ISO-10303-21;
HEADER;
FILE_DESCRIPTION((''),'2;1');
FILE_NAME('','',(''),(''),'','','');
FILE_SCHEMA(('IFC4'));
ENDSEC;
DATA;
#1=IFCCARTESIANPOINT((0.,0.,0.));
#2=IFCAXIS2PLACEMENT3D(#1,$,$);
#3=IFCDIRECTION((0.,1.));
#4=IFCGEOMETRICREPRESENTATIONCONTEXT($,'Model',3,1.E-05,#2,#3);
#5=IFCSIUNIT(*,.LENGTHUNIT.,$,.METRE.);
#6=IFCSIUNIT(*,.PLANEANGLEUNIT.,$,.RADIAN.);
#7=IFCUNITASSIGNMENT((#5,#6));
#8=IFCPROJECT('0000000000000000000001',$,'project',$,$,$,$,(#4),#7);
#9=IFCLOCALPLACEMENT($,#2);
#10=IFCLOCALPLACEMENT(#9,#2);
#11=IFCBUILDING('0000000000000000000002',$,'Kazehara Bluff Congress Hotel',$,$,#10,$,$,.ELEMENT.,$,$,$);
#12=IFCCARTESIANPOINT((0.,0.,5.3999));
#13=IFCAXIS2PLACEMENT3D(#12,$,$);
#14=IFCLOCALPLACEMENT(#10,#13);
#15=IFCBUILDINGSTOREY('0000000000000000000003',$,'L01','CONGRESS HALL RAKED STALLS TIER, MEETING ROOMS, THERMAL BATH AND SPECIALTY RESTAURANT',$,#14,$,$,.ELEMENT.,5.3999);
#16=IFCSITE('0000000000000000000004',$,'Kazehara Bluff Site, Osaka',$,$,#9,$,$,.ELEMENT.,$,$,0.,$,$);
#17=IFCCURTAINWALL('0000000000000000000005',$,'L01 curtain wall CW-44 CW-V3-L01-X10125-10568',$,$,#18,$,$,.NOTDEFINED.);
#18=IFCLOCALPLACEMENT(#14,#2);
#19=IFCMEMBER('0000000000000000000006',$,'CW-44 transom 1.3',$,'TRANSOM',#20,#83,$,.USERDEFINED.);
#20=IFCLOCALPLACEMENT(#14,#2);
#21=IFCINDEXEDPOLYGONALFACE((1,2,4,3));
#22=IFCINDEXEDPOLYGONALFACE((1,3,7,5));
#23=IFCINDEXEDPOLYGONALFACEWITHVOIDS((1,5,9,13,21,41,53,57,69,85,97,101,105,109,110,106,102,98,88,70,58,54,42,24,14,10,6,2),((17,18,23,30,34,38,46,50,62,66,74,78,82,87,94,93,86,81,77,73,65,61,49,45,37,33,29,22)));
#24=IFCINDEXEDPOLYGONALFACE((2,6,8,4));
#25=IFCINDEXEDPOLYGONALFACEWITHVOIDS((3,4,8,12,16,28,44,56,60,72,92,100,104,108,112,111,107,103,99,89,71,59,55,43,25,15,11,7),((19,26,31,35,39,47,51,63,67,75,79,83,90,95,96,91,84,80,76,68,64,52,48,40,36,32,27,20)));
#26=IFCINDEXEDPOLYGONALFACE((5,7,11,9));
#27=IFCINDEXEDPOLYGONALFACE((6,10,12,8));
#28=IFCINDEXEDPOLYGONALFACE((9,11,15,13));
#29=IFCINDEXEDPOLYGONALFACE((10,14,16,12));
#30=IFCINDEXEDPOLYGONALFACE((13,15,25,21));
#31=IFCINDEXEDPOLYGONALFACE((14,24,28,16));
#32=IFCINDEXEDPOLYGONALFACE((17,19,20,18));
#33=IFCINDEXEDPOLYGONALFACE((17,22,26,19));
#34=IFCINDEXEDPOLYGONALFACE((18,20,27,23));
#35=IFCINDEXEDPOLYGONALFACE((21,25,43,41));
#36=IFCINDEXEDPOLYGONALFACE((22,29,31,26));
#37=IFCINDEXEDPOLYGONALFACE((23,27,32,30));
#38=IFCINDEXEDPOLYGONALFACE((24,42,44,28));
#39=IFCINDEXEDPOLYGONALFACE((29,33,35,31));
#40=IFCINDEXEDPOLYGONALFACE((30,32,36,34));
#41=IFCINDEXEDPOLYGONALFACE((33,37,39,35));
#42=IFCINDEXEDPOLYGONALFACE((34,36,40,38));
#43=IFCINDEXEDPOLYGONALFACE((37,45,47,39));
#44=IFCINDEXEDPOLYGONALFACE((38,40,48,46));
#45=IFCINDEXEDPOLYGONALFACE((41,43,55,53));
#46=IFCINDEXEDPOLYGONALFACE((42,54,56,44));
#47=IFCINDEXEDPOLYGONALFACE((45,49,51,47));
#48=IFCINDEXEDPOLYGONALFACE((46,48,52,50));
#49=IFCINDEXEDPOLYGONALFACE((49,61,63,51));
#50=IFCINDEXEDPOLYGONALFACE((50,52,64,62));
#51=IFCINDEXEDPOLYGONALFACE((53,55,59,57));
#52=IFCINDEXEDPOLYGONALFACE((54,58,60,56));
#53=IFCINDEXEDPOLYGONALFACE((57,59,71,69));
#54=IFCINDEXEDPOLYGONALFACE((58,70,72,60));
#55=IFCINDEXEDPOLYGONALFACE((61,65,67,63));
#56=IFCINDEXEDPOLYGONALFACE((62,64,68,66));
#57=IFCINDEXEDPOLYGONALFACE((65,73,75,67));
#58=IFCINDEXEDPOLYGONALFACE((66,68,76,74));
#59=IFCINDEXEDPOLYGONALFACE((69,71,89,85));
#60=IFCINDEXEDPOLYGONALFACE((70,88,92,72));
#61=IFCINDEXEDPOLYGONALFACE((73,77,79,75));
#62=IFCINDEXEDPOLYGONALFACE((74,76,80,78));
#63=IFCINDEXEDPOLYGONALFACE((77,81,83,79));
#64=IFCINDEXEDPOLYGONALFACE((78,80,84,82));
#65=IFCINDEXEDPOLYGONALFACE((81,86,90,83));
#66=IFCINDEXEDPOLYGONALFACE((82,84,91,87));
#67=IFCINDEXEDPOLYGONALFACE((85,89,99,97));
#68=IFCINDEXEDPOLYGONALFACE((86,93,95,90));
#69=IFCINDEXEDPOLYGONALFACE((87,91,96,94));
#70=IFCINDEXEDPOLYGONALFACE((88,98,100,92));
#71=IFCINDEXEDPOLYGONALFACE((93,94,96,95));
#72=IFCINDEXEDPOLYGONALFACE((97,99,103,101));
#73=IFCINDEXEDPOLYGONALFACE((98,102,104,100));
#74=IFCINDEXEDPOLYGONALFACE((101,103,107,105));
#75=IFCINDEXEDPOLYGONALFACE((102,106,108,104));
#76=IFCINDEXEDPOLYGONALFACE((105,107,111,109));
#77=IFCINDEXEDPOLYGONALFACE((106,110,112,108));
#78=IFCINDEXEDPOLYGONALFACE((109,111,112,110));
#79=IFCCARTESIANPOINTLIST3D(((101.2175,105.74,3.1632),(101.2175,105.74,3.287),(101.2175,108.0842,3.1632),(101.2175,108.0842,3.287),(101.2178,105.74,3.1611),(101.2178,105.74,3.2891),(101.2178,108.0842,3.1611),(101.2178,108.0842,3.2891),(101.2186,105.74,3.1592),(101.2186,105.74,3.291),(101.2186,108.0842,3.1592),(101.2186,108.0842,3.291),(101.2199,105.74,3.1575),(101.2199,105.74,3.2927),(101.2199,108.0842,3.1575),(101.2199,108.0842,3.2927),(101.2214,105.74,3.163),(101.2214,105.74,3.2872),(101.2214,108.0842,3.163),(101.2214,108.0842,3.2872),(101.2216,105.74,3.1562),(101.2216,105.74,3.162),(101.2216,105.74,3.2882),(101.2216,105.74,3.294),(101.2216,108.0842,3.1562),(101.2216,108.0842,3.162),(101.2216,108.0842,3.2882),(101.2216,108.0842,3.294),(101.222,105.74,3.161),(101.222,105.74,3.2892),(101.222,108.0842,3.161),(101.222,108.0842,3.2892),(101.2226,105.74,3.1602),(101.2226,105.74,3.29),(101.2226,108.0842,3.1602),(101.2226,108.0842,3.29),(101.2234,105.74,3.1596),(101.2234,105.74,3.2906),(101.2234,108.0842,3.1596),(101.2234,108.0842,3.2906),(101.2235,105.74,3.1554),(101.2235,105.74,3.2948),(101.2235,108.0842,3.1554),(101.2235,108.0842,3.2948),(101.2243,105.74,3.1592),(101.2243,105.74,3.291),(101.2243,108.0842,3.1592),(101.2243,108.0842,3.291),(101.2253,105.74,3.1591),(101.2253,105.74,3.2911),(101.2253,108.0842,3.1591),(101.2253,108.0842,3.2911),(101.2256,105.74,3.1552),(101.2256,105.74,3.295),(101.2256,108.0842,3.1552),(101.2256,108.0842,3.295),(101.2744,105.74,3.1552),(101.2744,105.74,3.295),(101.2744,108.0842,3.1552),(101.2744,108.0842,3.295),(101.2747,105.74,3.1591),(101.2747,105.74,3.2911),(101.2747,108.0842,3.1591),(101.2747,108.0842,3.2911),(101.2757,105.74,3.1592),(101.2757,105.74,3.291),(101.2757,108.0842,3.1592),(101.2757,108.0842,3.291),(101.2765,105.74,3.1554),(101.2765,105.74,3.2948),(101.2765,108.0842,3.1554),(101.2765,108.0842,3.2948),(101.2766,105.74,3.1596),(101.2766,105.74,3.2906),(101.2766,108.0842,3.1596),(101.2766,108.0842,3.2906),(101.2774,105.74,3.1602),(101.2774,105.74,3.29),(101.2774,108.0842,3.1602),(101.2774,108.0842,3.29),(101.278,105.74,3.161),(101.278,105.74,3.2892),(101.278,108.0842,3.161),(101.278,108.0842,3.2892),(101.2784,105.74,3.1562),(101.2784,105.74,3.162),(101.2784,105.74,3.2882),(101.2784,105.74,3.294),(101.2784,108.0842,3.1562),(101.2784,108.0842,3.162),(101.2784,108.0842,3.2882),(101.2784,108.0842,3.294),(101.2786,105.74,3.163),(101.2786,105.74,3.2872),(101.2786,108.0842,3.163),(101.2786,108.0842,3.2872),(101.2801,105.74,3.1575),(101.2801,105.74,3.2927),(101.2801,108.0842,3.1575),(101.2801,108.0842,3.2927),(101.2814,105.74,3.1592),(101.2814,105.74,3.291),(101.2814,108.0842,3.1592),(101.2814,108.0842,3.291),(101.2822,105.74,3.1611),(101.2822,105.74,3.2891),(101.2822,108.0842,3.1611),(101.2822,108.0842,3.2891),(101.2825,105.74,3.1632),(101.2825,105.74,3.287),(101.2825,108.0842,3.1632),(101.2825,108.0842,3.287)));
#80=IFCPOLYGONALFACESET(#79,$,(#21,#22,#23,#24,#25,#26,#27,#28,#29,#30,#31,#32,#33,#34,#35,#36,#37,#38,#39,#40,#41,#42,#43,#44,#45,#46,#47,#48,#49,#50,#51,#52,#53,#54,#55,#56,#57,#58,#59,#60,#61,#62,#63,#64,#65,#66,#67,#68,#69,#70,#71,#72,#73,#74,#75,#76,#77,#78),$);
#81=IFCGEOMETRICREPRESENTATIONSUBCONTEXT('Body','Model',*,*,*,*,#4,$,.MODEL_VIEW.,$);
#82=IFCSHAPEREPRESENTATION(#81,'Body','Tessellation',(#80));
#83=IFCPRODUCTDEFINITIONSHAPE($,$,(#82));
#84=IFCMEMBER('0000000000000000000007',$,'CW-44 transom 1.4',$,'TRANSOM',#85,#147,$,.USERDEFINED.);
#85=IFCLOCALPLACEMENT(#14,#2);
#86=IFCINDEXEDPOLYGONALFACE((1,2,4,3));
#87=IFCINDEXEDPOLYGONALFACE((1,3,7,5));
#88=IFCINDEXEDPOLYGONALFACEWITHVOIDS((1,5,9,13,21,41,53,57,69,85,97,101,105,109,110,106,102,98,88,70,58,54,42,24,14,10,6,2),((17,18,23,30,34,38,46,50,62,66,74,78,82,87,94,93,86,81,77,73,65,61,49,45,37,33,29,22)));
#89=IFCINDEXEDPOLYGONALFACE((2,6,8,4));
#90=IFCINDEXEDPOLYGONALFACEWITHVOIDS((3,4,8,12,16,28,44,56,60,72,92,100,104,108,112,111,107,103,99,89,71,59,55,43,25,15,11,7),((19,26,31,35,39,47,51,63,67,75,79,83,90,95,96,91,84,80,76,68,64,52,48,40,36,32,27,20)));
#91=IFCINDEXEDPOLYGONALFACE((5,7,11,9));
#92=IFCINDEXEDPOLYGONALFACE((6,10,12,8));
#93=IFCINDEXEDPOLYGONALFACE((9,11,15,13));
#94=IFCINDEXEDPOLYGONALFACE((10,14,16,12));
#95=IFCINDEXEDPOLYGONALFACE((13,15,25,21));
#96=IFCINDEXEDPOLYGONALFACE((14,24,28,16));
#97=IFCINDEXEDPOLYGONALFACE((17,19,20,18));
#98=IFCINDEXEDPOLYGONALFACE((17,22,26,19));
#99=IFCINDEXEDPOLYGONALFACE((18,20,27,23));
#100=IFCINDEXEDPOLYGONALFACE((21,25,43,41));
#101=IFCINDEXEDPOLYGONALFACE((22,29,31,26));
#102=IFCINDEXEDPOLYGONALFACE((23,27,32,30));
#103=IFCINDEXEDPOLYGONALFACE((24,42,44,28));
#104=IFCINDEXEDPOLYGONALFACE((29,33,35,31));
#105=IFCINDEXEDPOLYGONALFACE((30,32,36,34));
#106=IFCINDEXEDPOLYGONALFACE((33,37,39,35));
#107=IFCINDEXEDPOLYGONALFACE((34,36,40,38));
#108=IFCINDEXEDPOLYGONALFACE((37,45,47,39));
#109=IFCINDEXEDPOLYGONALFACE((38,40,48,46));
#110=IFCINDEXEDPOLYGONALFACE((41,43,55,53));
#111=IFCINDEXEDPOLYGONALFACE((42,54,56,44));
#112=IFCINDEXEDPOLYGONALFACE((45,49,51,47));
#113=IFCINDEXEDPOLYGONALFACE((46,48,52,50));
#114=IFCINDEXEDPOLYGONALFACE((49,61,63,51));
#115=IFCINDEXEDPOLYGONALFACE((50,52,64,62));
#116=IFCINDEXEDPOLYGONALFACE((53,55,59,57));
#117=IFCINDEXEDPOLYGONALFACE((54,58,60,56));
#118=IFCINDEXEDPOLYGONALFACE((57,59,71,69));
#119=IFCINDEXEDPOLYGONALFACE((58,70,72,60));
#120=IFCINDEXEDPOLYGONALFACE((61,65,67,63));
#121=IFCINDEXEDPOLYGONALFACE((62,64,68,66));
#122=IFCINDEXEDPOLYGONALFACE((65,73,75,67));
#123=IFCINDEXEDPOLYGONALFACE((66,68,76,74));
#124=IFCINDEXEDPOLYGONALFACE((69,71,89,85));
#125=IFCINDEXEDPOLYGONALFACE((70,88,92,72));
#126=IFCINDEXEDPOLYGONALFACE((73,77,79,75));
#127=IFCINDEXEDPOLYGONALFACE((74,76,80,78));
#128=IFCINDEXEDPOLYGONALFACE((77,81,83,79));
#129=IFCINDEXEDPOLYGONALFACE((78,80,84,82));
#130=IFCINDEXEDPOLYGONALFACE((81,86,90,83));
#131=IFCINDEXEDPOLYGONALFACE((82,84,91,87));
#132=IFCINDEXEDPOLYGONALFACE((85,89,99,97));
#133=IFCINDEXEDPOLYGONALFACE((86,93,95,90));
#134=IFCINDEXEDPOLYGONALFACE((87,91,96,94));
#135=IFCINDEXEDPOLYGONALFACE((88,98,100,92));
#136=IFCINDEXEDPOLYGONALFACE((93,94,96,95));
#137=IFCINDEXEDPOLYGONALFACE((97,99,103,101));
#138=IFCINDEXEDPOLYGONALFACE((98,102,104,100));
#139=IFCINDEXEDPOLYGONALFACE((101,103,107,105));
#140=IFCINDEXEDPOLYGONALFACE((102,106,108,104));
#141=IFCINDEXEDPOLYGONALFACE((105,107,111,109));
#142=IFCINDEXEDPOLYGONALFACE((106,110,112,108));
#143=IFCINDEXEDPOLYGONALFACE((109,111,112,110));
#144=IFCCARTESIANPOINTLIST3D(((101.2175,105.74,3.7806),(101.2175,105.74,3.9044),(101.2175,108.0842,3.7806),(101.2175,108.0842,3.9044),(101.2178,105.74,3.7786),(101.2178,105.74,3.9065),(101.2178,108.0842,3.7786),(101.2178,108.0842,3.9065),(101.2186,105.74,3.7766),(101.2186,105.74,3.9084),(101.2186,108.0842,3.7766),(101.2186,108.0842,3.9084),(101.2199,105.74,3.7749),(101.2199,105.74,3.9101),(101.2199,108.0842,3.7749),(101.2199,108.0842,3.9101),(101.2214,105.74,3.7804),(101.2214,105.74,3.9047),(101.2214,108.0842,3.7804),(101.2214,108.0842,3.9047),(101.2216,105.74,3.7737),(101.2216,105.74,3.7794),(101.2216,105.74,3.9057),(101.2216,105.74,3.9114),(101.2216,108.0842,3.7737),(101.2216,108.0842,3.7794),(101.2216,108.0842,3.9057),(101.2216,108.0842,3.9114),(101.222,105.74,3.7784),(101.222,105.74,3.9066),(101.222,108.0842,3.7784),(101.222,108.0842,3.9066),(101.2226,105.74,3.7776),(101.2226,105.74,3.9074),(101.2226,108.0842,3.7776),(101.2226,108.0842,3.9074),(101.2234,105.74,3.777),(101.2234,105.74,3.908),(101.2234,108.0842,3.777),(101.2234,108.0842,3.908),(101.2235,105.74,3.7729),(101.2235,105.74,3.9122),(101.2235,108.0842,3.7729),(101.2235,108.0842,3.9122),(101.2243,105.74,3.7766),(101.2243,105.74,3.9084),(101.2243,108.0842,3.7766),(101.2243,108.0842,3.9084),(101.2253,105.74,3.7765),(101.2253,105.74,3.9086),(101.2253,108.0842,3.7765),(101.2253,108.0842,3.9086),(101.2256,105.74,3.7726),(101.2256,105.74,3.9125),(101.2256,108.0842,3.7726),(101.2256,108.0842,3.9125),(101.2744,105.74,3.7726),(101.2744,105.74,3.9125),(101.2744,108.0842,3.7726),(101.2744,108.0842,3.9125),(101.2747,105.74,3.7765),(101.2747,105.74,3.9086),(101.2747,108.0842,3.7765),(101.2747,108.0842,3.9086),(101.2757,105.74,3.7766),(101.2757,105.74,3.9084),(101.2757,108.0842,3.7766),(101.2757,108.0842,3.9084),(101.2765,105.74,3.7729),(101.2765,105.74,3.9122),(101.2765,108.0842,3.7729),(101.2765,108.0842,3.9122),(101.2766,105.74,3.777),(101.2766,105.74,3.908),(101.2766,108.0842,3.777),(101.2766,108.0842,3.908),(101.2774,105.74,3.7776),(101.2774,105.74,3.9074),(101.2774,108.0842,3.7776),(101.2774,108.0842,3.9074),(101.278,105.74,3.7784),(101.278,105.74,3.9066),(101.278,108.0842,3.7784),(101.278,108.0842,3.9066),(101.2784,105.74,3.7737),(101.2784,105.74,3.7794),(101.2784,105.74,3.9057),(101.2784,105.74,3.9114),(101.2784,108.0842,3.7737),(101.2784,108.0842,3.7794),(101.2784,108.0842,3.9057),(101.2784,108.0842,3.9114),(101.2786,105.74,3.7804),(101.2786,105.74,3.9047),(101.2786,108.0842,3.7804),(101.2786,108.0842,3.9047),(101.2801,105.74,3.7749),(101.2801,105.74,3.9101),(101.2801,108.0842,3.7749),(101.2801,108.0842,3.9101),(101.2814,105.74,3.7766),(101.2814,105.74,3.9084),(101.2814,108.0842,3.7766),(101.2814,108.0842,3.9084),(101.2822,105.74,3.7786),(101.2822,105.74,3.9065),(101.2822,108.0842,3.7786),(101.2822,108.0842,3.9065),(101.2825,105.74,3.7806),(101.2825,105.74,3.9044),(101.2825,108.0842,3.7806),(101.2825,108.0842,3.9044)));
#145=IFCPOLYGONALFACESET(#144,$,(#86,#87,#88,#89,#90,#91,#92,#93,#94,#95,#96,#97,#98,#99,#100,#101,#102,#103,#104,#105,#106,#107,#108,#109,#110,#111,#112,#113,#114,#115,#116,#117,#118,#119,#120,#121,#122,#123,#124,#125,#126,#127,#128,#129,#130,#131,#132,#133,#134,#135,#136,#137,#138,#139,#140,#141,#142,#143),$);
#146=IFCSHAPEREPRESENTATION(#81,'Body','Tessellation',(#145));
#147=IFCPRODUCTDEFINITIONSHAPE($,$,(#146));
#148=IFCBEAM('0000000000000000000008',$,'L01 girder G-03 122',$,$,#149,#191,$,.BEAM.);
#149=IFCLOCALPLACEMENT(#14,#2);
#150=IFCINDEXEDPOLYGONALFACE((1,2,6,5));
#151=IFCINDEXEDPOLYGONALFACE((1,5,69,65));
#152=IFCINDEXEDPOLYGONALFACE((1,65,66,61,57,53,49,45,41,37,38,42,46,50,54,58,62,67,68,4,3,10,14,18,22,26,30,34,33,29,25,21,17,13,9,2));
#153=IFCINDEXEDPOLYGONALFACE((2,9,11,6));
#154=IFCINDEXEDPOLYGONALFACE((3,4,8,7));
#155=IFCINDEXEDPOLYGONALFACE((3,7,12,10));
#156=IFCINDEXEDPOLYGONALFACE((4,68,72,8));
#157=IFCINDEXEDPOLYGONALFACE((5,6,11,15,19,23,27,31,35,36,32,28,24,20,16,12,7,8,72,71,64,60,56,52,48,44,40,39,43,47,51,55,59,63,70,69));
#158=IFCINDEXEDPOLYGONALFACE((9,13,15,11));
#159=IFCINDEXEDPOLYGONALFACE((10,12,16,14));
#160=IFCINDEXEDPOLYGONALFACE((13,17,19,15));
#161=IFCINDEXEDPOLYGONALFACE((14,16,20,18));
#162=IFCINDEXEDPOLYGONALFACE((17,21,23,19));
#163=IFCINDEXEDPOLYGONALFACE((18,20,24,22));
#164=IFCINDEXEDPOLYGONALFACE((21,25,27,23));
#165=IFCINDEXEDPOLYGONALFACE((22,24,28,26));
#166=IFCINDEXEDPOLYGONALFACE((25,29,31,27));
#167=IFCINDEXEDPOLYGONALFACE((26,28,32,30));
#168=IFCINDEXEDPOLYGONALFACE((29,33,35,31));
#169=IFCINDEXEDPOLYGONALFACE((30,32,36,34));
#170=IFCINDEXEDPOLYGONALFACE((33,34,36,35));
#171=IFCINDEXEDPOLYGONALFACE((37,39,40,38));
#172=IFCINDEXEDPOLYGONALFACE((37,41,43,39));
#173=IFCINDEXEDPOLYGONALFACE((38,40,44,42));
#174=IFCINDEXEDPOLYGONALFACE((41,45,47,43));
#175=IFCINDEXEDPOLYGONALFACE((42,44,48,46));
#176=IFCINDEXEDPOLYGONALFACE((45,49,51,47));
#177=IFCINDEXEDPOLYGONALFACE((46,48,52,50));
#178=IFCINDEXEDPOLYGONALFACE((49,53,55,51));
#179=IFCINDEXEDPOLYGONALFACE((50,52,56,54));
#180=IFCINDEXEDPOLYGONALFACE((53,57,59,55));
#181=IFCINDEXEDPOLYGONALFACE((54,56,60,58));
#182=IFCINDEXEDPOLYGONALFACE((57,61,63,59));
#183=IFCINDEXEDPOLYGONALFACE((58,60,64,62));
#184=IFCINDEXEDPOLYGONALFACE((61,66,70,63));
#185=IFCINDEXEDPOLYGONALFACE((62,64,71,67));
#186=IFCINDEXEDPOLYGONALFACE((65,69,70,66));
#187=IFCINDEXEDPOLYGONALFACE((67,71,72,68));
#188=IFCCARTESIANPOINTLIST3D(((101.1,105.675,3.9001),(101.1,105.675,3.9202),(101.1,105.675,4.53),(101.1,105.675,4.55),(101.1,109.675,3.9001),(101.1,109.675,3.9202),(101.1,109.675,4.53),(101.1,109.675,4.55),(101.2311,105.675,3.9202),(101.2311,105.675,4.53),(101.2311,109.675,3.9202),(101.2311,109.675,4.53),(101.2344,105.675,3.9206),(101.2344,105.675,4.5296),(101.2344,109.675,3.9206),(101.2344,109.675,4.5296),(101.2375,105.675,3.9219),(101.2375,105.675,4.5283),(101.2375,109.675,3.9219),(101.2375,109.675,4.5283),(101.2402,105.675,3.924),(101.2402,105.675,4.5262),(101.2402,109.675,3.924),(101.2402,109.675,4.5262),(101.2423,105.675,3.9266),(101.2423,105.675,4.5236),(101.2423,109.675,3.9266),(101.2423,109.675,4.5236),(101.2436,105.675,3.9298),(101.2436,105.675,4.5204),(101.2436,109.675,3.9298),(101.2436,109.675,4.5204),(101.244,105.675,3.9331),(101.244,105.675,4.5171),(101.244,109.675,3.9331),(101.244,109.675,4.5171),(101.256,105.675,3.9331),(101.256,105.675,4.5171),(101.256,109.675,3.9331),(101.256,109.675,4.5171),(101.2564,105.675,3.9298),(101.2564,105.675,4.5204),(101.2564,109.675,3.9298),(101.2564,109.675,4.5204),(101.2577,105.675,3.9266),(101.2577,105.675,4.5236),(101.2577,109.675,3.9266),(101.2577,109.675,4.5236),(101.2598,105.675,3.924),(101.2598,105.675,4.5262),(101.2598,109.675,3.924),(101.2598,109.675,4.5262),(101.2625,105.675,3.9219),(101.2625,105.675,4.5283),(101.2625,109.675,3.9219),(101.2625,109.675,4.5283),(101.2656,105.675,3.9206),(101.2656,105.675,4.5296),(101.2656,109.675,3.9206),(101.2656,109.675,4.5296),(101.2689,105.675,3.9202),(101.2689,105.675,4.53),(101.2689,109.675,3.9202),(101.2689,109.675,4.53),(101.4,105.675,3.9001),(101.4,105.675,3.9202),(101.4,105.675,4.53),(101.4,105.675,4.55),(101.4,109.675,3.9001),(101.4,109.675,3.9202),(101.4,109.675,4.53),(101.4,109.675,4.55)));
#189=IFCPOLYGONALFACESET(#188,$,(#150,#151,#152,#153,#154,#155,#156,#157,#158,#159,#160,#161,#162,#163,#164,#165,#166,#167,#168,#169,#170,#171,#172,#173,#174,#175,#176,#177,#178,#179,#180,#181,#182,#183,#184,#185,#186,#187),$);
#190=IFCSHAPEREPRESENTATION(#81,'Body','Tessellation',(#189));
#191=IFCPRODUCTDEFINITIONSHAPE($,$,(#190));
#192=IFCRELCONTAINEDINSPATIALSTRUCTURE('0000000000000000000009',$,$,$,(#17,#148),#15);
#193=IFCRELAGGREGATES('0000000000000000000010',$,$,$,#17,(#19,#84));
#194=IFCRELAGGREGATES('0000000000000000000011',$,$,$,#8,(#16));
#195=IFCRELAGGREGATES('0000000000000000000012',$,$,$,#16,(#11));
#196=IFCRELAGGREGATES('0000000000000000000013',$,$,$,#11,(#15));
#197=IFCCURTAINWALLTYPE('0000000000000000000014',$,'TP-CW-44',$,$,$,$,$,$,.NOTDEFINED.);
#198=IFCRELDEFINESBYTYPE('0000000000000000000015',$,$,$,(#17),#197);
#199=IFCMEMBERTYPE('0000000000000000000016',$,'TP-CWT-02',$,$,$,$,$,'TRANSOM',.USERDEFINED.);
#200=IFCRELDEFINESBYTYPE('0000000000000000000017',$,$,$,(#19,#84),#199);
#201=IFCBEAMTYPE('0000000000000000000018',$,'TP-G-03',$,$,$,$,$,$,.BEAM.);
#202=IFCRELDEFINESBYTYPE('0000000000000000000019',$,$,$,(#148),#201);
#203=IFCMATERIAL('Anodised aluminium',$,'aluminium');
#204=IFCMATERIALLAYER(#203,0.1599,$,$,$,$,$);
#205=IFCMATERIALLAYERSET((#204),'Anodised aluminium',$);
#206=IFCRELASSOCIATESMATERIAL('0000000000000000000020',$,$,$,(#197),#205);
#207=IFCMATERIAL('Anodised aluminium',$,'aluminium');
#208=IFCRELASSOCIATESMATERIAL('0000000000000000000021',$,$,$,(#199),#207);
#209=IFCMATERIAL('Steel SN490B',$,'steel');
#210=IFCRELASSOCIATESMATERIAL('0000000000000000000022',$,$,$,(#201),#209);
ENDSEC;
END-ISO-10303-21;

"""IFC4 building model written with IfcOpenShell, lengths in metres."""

from ifc_helpers import new_model, si_unit, direction, frame, origin, origin_2d, place, context, subcontext, project, spatial, hollow_rectangle, i_section, extrude, material, layer, layer_set, material_profile, profile_set, type_object, element, aggregate, save


model = new_model("IFC4")

# Units and contexts
model_context = context("Model", 3, precision=1e-05, world=origin(), true_north=direction((0.0, 1.0)))
body_context = subcontext(model_context, "Body", "Model", "MODEL_VIEW")
ifc_project = project(units=[si_unit("LENGTHUNIT", "METRE"), si_unit("PLANEANGLEUNIT", "RADIAN")], contexts=[model_context])

# Site, building, storey
site_placement = place(None, origin())
site = spatial("IfcSite", under=ifc_project, at=site_placement, Name="Kazehara Bluff Site, Osaka", CompositionType="ELEMENT", RefElevation=0.0)
building_placement = place(site_placement, origin())
building = spatial("IfcBuilding", under=site, at=building_placement, Name="Kazehara Bluff Congress Hotel", CompositionType="ELEMENT")
storey_placement = place(building_placement, frame((0.0, 0.0, 5.3999)))
storey = spatial("IfcBuildingStorey", under=building, at=storey_placement, Name="L01", Description="CONGRESS HALL RAKED STALLS TIER, MEETING ROOMS, THERMAL BATH AND SPECIALTY RESTAURANT", CompositionType="ELEMENT", Elevation=5.3999)

# Curtain wall
ifc_material_1 = material(Name="Anodised aluminium", Category="aluminium")
ifc_layer_1 = layer(ifc_material_1, 0.1599)
ifc_layer_set_1 = layer_set([ifc_layer_1], Name="Anodised aluminium")
curtain_wall_type_1 = type_object("IfcCurtainWallType", Name="TP-CW-44", PredefinedType="NOTDEFINED", material=ifc_layer_set_1)
curtain_wall_1_placement = place(storey_placement, origin())
curtain_wall_1 = element("IfcCurtainWall", 1, at=curtain_wall_1_placement, inside=storey, type_object=curtain_wall_type_1, Name="L01 curtain wall CW-44 CW-V3-L01-X10125-10568", PredefinedType="NOTDEFINED")

# Members
ifc_material_2 = material(Name="Anodised aluminium", Category="aluminium")
ifc_material_profile_1 = material_profile(ifc_material_2, hollow_rectangle(XDim=0.0649, YDim=0.1399, WallThickness=0.0039, InnerFilletRadius=0.0039, OuterFilletRadius=0.0081, at=origin_2d()))
ifc_profile_set_1 = profile_set([ifc_material_profile_1], Name="Anodised aluminium")
member_type_1 = type_object("IfcMemberType", Name="TP-CWT-02", ElementType="TRANSOM", PredefinedType="USERDEFINED", material=ifc_profile_set_1)
member_1_placement = place(storey_placement, frame((101.25, 105.74, 3.2251), z_axis=(0.0, 1.0, 0.0), x_axis=(-1.0, 0.0, 0.0)))
member_1 = element("IfcMember", 2, at=member_1_placement, type_object=member_type_1, Name="CW-44 transom 1.3", ObjectType="TRANSOM", PredefinedType="USERDEFINED", context=body_context, shape_type="SweptSolid", body=[
    extrude(hollow_rectangle(XDim=0.0649, YDim=0.1399, WallThickness=0.0039, InnerFilletRadius=0.0039, OuterFilletRadius=0.0081, at=origin_2d()), origin(), (0.0, 0.0, 1.0), 2.3442),
])
member_2_placement = place(storey_placement, frame((101.25, 105.74, 3.8425), z_axis=(0.0, 1.0, 0.0), x_axis=(-1.0, 0.0, 0.0)))
member_2 = element("IfcMember", 3, at=member_2_placement, type_object=member_type_1, Name="CW-44 transom 1.4", ObjectType="TRANSOM", PredefinedType="USERDEFINED", context=body_context, shape_type="SweptSolid", body=[
    extrude(hollow_rectangle(XDim=0.0649, YDim=0.1399, WallThickness=0.0039, InnerFilletRadius=0.0039, OuterFilletRadius=0.0081, at=origin_2d()), origin(), (0.0, 0.0, 1.0), 2.3442),
])

# Beam
ifc_material_3 = material(Name="Steel SN490B", Category="steel")
ifc_material_profile_2 = material_profile(ifc_material_3, i_section(OverallWidth=0.3, OverallDepth=0.6499, WebThickness=0.012, FlangeThickness=0.02, FilletRadius=0.0129, at=origin_2d()))
ifc_profile_set_2 = profile_set([ifc_material_profile_2], Name="Steel SN490B")
beam_type = type_object("IfcBeamType", Name="TP-G-03", PredefinedType="BEAM", material=ifc_profile_set_2)
beam_placement = place(storey_placement, frame((101.25, 105.675, 4.2251), z_axis=(0.0, 1.0, 0.0), x_axis=(-1.0, 0.0, 0.0)))
element("IfcBeam", 4, at=beam_placement, inside=storey, type_object=beam_type, Name="L01 girder G-03 122", PredefinedType="BEAM", context=body_context, shape_type="SweptSolid", body=[
    extrude(i_section(OverallWidth=0.3, OverallDepth=0.6499, WebThickness=0.012, FlangeThickness=0.02, FilletRadius=0.0129, at=origin_2d()), origin(), (0.0, 0.0, 1.0), 4.0),
])

aggregate(curtain_wall_1, [member_1, member_2])

save(model, "model.ifc")
